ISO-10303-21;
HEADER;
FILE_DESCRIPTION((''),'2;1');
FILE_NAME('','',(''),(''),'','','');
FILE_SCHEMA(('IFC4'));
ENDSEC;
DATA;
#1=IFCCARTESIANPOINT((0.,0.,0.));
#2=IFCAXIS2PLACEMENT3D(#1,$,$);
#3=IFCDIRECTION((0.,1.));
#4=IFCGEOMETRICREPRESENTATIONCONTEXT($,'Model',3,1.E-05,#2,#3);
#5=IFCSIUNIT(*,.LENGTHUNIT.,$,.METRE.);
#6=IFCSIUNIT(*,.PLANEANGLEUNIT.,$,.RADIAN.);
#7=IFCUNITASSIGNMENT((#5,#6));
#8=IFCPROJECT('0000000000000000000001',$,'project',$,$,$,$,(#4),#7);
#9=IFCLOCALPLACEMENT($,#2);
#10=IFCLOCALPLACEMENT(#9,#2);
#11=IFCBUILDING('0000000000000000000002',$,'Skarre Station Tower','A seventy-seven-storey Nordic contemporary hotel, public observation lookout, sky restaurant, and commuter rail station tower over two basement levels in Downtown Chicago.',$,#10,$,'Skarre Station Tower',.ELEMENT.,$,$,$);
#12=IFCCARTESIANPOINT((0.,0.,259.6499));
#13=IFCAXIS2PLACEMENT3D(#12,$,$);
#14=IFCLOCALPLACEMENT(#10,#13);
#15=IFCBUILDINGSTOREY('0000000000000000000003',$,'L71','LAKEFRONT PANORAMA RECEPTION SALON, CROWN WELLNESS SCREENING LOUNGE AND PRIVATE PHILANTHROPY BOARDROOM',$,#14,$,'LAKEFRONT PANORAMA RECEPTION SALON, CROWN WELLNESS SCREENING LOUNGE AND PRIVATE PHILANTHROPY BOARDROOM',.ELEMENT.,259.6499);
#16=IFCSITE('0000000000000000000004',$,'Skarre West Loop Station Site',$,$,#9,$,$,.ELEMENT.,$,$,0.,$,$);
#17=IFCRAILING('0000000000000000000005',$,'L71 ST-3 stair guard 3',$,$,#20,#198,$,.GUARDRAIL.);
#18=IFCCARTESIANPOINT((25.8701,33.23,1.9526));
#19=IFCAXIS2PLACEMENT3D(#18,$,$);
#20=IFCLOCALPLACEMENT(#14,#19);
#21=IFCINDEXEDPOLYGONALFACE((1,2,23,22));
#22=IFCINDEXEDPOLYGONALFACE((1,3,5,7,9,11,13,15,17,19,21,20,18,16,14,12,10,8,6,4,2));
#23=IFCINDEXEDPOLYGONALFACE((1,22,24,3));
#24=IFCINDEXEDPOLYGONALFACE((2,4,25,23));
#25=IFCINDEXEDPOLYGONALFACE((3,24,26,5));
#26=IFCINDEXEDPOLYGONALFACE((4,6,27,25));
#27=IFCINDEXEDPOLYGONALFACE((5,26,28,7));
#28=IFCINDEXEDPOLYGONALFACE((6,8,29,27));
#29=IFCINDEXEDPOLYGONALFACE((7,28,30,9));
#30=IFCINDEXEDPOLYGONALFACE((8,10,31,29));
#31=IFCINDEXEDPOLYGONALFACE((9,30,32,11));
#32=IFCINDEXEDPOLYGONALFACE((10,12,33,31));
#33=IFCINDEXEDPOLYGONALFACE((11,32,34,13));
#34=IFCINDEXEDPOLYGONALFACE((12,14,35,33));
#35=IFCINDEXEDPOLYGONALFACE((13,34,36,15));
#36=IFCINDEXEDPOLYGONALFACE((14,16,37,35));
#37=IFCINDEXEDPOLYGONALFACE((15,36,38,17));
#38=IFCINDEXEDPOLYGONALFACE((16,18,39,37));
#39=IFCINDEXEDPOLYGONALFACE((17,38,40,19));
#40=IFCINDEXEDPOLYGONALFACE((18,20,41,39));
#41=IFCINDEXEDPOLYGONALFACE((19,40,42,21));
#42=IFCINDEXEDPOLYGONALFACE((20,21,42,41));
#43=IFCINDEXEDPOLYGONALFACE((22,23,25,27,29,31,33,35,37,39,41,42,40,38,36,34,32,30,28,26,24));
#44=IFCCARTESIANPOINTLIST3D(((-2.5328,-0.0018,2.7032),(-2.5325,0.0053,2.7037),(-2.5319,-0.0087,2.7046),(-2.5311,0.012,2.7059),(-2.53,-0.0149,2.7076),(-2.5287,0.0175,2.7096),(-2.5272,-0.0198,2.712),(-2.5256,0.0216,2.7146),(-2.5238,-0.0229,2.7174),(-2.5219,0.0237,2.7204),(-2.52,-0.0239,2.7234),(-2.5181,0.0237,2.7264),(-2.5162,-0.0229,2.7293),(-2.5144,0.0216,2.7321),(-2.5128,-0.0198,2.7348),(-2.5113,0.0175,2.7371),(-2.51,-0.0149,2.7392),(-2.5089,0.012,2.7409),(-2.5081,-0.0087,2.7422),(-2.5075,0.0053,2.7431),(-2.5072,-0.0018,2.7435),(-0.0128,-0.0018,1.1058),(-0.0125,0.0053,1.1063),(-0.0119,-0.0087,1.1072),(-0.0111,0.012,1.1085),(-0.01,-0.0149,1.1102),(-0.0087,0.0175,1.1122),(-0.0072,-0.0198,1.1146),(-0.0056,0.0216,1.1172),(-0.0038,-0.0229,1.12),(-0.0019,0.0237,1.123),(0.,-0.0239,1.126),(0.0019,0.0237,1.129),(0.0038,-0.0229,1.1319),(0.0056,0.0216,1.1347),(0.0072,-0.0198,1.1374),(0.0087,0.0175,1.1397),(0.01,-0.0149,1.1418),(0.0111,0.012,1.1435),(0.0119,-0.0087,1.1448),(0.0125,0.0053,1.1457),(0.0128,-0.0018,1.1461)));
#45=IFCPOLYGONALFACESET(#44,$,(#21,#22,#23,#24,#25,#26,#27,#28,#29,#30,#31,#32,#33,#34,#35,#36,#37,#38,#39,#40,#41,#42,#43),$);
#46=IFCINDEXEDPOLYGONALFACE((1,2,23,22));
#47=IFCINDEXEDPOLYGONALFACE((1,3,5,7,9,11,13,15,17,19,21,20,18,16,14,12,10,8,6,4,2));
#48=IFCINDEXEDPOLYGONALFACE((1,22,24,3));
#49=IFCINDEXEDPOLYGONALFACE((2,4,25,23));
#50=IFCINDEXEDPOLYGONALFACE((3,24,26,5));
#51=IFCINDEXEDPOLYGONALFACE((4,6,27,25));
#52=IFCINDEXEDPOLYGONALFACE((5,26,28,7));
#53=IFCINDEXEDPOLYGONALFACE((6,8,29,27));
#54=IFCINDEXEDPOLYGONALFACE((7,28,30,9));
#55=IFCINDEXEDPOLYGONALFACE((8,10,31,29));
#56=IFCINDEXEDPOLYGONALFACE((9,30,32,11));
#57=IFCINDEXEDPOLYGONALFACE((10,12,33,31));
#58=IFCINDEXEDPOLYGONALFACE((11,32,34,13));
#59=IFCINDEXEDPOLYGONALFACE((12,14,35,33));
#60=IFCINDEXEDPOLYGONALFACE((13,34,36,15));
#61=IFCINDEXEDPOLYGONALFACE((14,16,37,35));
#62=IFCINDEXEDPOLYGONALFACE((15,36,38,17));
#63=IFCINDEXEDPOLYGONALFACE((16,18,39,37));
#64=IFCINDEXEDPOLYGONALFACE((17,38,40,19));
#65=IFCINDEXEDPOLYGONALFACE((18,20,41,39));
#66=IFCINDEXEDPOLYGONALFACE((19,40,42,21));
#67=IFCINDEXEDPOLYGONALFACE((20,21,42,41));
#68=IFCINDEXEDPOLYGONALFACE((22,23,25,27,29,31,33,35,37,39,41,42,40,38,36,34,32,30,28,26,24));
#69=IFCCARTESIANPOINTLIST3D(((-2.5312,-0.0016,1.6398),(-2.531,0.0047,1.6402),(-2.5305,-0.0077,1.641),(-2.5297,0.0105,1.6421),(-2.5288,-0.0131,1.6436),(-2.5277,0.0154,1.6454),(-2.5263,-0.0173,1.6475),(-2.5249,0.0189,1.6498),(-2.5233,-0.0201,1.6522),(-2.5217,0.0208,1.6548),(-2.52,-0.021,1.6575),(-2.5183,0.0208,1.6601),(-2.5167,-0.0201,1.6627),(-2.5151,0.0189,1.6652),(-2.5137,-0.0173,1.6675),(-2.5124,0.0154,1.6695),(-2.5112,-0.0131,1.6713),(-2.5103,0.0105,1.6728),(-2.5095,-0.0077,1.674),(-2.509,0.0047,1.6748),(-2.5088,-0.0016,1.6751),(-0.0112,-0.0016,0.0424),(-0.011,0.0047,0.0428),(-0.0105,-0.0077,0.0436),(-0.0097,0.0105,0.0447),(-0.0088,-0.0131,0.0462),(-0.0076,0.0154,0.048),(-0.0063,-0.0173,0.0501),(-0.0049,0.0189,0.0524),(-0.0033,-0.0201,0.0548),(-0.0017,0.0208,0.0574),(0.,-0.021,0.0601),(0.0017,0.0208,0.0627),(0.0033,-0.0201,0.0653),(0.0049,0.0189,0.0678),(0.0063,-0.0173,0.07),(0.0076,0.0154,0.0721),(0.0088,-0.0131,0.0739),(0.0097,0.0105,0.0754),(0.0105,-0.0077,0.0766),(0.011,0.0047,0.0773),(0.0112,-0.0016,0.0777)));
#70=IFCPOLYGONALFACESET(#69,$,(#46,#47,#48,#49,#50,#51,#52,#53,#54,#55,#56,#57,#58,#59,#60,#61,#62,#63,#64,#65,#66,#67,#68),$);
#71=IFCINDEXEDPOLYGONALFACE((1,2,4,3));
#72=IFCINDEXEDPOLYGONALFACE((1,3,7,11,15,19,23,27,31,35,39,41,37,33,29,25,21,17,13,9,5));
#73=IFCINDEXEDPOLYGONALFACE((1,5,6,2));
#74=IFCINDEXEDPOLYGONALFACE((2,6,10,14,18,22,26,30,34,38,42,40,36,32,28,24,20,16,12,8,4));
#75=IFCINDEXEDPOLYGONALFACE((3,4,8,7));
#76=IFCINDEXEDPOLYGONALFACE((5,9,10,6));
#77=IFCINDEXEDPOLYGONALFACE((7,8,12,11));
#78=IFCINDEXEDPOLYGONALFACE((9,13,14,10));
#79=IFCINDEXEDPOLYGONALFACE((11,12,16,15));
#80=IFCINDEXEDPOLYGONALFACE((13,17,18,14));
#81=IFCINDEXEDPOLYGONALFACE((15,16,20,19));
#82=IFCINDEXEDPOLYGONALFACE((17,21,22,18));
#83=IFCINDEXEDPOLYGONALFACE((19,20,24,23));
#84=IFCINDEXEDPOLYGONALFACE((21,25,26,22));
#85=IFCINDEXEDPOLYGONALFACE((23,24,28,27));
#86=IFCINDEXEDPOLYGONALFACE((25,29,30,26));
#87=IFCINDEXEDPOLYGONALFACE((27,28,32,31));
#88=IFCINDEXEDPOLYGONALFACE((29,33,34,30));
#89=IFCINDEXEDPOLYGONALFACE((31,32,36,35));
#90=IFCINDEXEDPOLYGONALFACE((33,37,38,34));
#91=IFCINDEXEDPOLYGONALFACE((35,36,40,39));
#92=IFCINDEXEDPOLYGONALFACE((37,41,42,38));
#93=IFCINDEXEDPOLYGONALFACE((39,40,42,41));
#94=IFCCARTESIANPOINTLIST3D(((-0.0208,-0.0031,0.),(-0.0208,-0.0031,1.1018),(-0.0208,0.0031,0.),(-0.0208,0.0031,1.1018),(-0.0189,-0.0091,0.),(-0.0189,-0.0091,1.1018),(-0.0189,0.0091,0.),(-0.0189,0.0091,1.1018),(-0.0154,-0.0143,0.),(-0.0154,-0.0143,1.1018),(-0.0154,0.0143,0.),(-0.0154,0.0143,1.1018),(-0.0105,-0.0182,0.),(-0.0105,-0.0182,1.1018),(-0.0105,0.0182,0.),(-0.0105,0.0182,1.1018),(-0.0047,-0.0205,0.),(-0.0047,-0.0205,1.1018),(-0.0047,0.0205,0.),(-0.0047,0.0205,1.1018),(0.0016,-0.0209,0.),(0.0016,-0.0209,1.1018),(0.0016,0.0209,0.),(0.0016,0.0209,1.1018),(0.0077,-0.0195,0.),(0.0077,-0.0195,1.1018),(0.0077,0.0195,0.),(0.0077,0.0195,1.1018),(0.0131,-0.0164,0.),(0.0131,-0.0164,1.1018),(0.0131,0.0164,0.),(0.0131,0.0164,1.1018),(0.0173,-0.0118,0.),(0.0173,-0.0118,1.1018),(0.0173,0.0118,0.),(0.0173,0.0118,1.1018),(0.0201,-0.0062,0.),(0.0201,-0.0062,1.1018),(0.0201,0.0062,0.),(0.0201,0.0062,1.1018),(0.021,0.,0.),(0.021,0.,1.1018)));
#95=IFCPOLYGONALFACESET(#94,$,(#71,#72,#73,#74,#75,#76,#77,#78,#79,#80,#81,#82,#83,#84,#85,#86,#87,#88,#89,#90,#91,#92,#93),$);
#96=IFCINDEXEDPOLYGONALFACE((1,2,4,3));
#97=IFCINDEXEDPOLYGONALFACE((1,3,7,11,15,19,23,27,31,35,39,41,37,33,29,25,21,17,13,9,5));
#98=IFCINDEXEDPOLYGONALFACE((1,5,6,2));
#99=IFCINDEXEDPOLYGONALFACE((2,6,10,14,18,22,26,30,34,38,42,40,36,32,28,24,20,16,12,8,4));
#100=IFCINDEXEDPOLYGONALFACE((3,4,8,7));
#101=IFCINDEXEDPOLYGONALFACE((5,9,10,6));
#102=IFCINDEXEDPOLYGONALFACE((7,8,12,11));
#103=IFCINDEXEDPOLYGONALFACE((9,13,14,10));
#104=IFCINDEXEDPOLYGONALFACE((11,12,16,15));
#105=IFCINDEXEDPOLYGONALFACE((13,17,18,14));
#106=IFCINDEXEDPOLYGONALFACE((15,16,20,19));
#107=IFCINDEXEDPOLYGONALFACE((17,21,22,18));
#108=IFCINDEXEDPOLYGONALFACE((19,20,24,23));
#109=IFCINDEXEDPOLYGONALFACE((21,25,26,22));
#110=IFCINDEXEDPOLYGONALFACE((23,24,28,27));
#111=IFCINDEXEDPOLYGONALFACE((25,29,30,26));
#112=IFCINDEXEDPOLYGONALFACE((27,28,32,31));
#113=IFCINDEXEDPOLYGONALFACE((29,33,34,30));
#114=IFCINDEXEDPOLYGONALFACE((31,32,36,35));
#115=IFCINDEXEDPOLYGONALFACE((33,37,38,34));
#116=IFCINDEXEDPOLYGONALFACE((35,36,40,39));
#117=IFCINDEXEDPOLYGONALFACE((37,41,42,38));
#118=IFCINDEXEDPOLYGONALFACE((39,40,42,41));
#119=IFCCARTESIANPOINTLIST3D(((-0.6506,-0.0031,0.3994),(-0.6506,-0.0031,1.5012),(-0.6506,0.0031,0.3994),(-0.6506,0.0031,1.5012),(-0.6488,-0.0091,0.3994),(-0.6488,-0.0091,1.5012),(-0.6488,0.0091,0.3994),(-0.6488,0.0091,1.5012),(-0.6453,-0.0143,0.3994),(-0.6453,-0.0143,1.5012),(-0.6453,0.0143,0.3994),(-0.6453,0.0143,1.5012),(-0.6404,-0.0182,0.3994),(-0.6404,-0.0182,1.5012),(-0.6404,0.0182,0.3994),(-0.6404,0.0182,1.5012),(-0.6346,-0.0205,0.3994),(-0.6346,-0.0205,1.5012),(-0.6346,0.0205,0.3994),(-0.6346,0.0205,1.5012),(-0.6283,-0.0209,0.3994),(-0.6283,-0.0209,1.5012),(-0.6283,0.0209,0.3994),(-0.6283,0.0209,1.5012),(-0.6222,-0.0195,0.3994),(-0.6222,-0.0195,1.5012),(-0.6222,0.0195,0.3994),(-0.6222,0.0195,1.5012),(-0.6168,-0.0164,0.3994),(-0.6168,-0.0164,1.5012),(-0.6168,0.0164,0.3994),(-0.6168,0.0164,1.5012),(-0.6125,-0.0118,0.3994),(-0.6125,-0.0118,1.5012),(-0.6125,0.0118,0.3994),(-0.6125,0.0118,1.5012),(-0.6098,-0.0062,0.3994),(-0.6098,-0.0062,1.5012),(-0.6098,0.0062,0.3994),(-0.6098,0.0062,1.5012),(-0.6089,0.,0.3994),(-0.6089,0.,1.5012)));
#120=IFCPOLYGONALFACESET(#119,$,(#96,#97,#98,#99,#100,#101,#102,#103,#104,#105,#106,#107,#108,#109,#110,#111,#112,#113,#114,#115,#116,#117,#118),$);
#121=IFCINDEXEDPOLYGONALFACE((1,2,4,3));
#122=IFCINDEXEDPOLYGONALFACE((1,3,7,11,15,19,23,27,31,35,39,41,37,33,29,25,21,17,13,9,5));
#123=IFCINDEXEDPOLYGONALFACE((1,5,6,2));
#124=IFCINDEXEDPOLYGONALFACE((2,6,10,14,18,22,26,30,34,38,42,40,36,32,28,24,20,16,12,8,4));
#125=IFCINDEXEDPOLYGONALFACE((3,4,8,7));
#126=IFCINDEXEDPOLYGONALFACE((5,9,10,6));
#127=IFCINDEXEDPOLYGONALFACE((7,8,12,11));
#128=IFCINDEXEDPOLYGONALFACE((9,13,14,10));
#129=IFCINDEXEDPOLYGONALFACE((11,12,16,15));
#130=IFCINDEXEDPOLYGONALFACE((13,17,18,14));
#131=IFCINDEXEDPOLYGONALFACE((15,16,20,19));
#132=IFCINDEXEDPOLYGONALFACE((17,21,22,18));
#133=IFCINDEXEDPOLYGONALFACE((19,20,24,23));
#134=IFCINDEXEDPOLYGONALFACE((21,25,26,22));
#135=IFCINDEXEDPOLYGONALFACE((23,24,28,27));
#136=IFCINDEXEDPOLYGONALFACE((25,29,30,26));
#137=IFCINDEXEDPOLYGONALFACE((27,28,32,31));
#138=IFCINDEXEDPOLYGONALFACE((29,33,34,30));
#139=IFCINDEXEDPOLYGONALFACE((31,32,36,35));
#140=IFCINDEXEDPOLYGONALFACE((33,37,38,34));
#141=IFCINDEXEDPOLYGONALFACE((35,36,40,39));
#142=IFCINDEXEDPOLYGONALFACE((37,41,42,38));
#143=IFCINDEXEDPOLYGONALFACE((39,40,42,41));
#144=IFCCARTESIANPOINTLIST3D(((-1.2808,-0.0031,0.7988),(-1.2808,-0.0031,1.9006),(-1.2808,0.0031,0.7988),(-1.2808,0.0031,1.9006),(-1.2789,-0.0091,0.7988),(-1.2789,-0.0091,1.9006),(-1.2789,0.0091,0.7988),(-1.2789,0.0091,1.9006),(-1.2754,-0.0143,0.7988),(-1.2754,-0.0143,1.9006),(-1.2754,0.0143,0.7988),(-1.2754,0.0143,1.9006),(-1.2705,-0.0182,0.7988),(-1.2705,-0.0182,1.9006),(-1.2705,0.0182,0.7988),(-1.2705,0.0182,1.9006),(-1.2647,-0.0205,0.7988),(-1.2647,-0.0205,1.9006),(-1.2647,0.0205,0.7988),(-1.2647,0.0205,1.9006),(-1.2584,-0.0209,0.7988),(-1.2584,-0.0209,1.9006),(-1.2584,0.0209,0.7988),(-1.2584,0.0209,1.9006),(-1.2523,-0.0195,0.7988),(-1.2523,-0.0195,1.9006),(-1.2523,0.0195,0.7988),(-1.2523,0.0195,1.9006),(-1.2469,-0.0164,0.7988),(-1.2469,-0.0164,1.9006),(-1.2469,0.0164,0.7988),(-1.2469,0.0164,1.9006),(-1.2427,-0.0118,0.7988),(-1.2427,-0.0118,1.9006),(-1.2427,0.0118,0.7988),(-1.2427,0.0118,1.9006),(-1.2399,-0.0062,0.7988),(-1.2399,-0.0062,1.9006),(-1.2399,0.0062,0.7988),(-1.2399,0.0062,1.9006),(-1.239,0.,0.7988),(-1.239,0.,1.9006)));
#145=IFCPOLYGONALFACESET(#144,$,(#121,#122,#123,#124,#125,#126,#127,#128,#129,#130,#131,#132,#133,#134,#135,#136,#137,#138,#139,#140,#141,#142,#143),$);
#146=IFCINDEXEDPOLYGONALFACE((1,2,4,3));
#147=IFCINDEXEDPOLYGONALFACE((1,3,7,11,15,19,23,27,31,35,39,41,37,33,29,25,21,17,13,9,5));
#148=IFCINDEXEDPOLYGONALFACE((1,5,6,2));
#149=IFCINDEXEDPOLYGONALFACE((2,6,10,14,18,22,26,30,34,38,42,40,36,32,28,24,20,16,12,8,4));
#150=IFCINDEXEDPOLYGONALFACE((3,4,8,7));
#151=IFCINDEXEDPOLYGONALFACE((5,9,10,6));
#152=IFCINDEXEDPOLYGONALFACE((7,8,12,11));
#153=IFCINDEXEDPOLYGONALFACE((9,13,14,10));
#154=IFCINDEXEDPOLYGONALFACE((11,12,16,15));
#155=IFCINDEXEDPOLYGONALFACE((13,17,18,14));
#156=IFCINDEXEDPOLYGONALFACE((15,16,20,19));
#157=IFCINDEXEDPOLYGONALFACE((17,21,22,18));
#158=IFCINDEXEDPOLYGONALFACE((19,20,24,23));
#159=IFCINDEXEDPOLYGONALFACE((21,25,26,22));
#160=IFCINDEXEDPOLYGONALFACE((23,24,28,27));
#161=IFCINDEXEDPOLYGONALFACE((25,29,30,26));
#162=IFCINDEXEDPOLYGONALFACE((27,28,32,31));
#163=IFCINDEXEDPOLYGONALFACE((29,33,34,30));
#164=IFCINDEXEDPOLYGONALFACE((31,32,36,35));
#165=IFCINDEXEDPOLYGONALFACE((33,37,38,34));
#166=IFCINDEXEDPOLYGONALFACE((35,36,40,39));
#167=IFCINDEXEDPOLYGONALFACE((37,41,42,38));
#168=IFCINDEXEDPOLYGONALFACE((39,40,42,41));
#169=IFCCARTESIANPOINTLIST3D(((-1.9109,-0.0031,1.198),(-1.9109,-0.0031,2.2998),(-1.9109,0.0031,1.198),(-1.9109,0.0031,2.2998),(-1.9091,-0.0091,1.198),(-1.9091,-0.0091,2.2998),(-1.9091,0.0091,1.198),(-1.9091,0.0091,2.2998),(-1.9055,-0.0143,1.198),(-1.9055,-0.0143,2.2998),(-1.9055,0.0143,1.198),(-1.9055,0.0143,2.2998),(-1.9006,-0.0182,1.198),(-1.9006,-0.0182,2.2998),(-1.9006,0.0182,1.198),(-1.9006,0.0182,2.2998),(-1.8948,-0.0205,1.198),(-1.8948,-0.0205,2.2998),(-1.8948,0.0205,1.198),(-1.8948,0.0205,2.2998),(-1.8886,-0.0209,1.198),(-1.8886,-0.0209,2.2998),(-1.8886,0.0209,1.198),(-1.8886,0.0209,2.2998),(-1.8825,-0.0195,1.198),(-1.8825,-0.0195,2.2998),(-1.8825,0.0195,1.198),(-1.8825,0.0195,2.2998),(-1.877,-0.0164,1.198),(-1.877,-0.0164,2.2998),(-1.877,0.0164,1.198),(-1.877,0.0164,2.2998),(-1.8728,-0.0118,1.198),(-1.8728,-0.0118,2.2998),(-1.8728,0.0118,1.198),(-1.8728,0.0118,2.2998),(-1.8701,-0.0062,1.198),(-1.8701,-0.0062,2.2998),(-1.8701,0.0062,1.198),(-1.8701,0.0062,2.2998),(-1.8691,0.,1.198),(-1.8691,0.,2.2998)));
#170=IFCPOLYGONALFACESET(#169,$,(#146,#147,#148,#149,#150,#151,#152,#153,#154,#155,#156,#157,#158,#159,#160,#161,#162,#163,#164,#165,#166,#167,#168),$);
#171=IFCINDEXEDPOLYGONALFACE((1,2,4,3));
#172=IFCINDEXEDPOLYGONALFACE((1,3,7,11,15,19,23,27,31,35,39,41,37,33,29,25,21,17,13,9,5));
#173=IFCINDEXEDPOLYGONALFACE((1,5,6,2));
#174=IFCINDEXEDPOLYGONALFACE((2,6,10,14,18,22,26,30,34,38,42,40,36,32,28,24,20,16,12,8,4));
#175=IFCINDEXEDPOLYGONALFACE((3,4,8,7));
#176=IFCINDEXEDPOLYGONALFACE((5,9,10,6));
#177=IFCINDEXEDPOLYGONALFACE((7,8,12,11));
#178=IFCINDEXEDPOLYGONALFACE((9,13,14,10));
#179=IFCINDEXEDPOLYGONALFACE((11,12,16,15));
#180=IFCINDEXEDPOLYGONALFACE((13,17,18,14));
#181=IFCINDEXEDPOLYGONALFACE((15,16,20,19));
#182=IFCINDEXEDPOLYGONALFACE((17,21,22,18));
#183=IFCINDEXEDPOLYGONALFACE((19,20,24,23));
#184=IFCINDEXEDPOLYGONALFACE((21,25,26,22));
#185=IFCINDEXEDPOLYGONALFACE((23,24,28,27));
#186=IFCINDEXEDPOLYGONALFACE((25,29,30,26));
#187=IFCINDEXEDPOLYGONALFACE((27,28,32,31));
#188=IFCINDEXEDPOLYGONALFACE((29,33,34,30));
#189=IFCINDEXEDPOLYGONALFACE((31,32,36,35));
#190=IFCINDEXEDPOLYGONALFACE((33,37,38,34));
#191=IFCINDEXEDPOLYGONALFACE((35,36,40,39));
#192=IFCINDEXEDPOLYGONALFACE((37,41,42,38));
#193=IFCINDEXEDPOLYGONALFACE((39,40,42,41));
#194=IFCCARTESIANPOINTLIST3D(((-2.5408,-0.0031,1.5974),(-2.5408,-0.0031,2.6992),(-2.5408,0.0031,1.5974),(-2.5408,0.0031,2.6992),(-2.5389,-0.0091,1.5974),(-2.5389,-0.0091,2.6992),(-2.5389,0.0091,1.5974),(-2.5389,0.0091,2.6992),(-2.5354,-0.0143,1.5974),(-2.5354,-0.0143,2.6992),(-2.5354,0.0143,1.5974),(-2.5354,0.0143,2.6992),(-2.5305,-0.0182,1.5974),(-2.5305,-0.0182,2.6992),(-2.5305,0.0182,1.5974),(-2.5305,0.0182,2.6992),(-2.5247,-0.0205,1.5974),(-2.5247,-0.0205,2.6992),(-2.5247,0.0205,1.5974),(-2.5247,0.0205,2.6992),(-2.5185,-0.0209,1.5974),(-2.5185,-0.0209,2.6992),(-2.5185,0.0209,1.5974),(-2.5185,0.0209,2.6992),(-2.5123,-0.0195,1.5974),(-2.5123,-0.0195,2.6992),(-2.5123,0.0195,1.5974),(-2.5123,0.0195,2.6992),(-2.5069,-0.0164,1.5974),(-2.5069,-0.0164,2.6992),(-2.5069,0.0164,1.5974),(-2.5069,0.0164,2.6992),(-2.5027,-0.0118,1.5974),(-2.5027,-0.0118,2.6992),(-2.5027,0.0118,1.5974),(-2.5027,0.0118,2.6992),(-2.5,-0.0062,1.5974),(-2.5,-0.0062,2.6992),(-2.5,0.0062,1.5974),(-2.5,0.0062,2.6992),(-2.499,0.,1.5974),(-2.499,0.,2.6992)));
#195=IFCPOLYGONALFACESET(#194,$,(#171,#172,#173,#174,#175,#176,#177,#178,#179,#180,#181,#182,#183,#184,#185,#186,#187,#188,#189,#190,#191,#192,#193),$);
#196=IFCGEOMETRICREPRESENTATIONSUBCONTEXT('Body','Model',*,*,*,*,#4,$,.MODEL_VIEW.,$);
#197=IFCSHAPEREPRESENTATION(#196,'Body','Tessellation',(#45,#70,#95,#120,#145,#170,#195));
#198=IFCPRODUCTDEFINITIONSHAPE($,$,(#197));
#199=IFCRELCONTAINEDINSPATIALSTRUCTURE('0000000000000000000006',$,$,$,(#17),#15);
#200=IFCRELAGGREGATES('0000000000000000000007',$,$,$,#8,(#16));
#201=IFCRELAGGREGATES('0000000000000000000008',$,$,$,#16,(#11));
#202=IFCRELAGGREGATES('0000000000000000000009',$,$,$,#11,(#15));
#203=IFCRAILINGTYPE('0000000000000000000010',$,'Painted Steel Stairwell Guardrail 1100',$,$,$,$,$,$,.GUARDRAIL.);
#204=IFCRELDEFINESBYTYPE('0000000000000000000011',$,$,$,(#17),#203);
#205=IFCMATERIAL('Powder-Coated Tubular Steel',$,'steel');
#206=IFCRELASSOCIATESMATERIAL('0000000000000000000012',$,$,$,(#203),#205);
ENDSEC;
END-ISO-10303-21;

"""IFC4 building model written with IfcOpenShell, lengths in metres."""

from ifc_helpers import new_model, si_unit, direction, frame, origin, origin_2d, place, context, subcontext, project, spatial, circle, extrude, material, type_object, element, save


model = new_model("IFC4")

# Units and contexts
model_context = context("Model", 3, precision=1e-05, world=origin(), true_north=direction((0.0, 1.0)))
body_context = subcontext(model_context, "Body", "Model", "MODEL_VIEW")
ifc_project = project(units=[si_unit("LENGTHUNIT", "METRE"), si_unit("PLANEANGLEUNIT", "RADIAN")], contexts=[model_context])

# Site, building, storey
site_placement = place(None, origin())
site = spatial("IfcSite", under=ifc_project, at=site_placement, Name="Skarre West Loop Station Site", CompositionType="ELEMENT", RefElevation=0.0)
building_placement = place(site_placement, origin())
building = spatial("IfcBuilding", under=site, at=building_placement, Name="Skarre Station Tower", Description="A seventy-seven-storey Nordic contemporary hotel, public observation lookout, sky restaurant, and commuter rail station tower over two basement levels in Downtown Chicago.", LongName="Skarre Station Tower", CompositionType="ELEMENT")
storey_placement = place(building_placement, frame((0.0, 0.0, 259.6499)))
storey = spatial("IfcBuildingStorey", under=building, at=storey_placement, Name="L71", Description="LAKEFRONT PANORAMA RECEPTION SALON, CROWN WELLNESS SCREENING LOUNGE AND PRIVATE PHILANTHROPY BOARDROOM", LongName="LAKEFRONT PANORAMA RECEPTION SALON, CROWN WELLNESS SCREENING LOUNGE AND PRIVATE PHILANTHROPY BOARDROOM", CompositionType="ELEMENT", Elevation=259.6499)

# Railing
ifc_material_1 = material(Name="Powder-Coated Tubular Steel", Category="steel")
railing_type_1 = type_object("IfcRailingType", Name="Painted Steel Stairwell Guardrail 1100", PredefinedType="GUARDRAIL", material=ifc_material_1)
railing_1_placement = place(storey_placement, frame((25.8701, 33.23, 1.9526)))
element("IfcRailing", 1, at=railing_1_placement, inside=storey, type_object=railing_type_1, Name="L71 ST-3 stair guard 3", PredefinedType="GUARDRAIL", context=body_context, shape_type="SweptSolid", body=[
    extrude(circle(Radius=0.0239, at=origin_2d()), frame((0.0, 0.0, 1.126), z_axis=(-0.844607, 0.0, 0.535387), x_axis=(0.0, -1.0, 0.0)), (0.0, 0.0, 1.0), 2.9836),
    extrude(circle(Radius=0.021, at=origin_2d()), frame((0.0, 0.0, 0.0601), z_axis=(-0.844607, 0.0, 0.535387), x_axis=(0.0, -1.0, 0.0)), (0.0, 0.0, 1.0), 2.9836),
    extrude(circle(Radius=0.021, at=origin_2d()), origin(), (0.0, 0.0, 1.0), 1.1018),
    extrude(circle(Radius=0.021, at=origin_2d()), frame((-0.6299, 0.0, 0.3994)), (0.0, 0.0, 1.0), 1.1018),
    extrude(circle(Radius=0.021, at=origin_2d()), frame((-1.26, 0.0, 0.7988)), (0.0, 0.0, 1.0), 1.1018),
    extrude(circle(Radius=0.021, at=origin_2d()), frame((-1.8901, 0.0, 1.198)), (0.0, 0.0, 1.0), 1.1018),
    extrude(circle(Radius=0.021, at=origin_2d()), frame((-2.52, 0.0, 1.5974)), (0.0, 0.0, 1.0), 1.1018),
])

save(model, "model.ifc")
